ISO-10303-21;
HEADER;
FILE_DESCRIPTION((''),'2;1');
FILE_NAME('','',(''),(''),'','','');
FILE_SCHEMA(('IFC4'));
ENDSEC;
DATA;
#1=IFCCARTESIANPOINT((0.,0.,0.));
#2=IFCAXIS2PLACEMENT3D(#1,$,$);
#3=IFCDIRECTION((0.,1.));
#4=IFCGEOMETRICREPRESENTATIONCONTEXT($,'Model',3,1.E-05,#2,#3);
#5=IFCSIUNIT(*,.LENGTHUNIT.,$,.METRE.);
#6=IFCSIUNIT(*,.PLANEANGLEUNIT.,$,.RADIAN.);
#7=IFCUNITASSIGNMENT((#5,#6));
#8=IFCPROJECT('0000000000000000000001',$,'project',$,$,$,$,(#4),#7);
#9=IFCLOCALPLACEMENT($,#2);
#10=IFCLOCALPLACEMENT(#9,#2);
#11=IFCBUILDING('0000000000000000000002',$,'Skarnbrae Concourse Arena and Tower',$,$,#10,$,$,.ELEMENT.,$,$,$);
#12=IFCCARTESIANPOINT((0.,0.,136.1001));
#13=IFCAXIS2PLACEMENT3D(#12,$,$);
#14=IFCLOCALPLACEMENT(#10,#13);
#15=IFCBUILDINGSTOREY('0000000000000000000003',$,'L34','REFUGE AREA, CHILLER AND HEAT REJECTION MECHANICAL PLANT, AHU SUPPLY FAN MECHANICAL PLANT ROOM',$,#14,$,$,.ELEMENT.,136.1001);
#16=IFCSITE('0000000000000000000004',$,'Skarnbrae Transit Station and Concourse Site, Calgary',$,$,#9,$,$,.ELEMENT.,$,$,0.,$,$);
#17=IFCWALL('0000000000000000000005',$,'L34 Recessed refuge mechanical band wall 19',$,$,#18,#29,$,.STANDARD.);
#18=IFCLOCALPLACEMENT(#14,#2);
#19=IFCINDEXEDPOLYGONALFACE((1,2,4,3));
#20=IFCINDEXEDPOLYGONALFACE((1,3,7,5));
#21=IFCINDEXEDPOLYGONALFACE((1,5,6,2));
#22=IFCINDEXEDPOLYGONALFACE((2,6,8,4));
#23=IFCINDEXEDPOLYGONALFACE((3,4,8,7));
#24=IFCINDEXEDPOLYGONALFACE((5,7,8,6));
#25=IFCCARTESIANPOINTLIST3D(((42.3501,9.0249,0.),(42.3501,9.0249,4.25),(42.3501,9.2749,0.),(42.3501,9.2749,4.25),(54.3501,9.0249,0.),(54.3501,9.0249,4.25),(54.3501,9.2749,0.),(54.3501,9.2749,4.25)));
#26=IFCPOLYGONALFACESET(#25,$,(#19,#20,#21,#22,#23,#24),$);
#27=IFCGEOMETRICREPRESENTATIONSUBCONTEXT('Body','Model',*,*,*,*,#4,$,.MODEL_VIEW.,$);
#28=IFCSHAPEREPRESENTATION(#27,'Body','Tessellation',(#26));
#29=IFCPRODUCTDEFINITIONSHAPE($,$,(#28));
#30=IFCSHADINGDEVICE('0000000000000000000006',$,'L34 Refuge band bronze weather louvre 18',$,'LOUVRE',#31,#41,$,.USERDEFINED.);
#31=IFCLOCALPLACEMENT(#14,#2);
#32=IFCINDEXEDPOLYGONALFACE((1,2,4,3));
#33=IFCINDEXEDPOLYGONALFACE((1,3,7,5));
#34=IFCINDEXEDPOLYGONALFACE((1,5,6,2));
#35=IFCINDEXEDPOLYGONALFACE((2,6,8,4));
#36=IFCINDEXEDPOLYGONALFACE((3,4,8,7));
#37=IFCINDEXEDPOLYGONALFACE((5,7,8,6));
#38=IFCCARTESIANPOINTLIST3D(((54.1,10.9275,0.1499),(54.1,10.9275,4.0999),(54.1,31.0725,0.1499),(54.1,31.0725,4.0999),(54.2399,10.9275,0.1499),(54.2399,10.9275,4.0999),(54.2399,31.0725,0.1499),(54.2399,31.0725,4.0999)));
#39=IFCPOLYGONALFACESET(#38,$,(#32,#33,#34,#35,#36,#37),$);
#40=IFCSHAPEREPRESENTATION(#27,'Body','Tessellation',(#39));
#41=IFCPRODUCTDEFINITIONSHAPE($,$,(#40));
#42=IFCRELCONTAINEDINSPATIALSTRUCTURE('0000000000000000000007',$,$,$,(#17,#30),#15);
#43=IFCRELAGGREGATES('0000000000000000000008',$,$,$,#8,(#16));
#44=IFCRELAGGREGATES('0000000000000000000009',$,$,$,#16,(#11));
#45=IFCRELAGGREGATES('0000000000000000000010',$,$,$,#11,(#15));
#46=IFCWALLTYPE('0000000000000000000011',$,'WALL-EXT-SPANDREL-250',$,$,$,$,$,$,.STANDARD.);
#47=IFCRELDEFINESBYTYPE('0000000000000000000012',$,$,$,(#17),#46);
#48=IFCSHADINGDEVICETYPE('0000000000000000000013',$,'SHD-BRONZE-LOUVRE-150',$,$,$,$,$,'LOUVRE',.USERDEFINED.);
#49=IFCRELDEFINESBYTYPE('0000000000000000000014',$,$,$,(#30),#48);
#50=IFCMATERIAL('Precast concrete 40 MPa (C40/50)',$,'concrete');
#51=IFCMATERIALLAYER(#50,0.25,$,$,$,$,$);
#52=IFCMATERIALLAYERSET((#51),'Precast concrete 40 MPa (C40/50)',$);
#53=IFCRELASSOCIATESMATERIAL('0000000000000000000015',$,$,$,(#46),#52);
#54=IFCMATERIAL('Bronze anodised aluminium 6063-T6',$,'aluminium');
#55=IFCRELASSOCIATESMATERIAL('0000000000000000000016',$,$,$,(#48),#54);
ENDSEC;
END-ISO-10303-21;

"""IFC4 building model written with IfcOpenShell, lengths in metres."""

from ifc_helpers import new_model, si_unit, direction, frame, frame_2d, origin, origin_2d, place, context, subcontext, project, spatial, rectangle, extrude, source, transform, mapped, material, layer, layer_set, type_object, element, save


model = new_model("IFC4")

# Units and contexts
model_context = context("Model", 3, precision=1e-05, world=origin(), true_north=direction((0.0, 1.0)))
body_context = subcontext(model_context, "Body", "Model", "MODEL_VIEW")
ifc_project = project(units=[si_unit("LENGTHUNIT", "METRE"), si_unit("PLANEANGLEUNIT", "RADIAN")], contexts=[model_context])

# Site, building, storey
site_placement = place(None, origin())
site = spatial("IfcSite", under=ifc_project, at=site_placement, Name="Skarnbrae Transit Station and Concourse Site, Calgary", CompositionType="ELEMENT", RefElevation=0.0)
building_placement = place(site_placement, origin())
building = spatial("IfcBuilding", under=site, at=building_placement, Name="Skarnbrae Concourse Arena and Tower", CompositionType="ELEMENT")
storey_placement = place(building_placement, frame((0.0, 0.0, 136.1001)))
storey = spatial("IfcBuildingStorey", under=building, at=storey_placement, Name="L34", Description="REFUGE AREA, CHILLER AND HEAT REJECTION MECHANICAL PLANT, AHU SUPPLY FAN MECHANICAL PLANT ROOM", CompositionType="ELEMENT", Elevation=136.1001)

# Wall
ifc_material_1 = material(Name="Precast concrete 40 MPa (C40/50)", Category="concrete")
ifc_layer_1 = layer(ifc_material_1, 0.25)
ifc_layer_set_1 = layer_set([ifc_layer_1], Name="Precast concrete 40 MPa (C40/50)")
wall_type = type_object("IfcWallType", Name="WALL-EXT-SPANDREL-250", PredefinedType="STANDARD", material=ifc_layer_set_1)
shared_shape_1 = source(origin(), body_context, "Body", "SweptSolid", [
    extrude(rectangle(XDim=12.0, YDim=0.25, at=frame_2d((6.0, 0.0))), origin(), (0.0, 0.0, 1.0), 4.25),
])
wall_placement = place(storey_placement, frame((54.3501, 9.1499, 0.0), z_axis=(0.0, 0.0, 1.0), x_axis=(-1.0, 0.0, 0.0)))
element("IfcWall", 1, at=wall_placement, inside=storey, type_object=wall_type, Name="L34 Recessed refuge mechanical band wall 19", PredefinedType="STANDARD", context=body_context, shape_type="MappedRepresentation", body=[
    mapped(shared_shape_1, transform((0.0, 0.0, 0.0))),
])

# Shading device
ifc_material_2 = material(Name="Bronze anodised aluminium 6063-T6", Category="aluminium")
shading_device_type = type_object("IfcShadingDeviceType", Name="SHD-BRONZE-LOUVRE-150", ElementType="LOUVRE", PredefinedType="USERDEFINED", material=ifc_material_2)
shared_shape_2 = source(origin(), body_context, "Body", "SweptSolid", [
    extrude(rectangle(XDim=20.145, YDim=0.1399, at=origin_2d()), origin(), (0.0, 0.0, 1.0), 3.95),
])
shading_device_placement = place(storey_placement, frame((54.1699, 21.0, 0.1499), z_axis=(0.0, 0.0, 1.0), x_axis=(0.0, -1.0, 0.0)))
element("IfcShadingDevice", 2, at=shading_device_placement, inside=storey, type_object=shading_device_type, Name="L34 Refuge band bronze weather louvre 18", ObjectType="LOUVRE", PredefinedType="USERDEFINED", context=body_context, shape_type="MappedRepresentation", body=[
    mapped(shared_shape_2, transform((0.0, 0.0, 0.0))),
])

save(model, "model.ifc")
